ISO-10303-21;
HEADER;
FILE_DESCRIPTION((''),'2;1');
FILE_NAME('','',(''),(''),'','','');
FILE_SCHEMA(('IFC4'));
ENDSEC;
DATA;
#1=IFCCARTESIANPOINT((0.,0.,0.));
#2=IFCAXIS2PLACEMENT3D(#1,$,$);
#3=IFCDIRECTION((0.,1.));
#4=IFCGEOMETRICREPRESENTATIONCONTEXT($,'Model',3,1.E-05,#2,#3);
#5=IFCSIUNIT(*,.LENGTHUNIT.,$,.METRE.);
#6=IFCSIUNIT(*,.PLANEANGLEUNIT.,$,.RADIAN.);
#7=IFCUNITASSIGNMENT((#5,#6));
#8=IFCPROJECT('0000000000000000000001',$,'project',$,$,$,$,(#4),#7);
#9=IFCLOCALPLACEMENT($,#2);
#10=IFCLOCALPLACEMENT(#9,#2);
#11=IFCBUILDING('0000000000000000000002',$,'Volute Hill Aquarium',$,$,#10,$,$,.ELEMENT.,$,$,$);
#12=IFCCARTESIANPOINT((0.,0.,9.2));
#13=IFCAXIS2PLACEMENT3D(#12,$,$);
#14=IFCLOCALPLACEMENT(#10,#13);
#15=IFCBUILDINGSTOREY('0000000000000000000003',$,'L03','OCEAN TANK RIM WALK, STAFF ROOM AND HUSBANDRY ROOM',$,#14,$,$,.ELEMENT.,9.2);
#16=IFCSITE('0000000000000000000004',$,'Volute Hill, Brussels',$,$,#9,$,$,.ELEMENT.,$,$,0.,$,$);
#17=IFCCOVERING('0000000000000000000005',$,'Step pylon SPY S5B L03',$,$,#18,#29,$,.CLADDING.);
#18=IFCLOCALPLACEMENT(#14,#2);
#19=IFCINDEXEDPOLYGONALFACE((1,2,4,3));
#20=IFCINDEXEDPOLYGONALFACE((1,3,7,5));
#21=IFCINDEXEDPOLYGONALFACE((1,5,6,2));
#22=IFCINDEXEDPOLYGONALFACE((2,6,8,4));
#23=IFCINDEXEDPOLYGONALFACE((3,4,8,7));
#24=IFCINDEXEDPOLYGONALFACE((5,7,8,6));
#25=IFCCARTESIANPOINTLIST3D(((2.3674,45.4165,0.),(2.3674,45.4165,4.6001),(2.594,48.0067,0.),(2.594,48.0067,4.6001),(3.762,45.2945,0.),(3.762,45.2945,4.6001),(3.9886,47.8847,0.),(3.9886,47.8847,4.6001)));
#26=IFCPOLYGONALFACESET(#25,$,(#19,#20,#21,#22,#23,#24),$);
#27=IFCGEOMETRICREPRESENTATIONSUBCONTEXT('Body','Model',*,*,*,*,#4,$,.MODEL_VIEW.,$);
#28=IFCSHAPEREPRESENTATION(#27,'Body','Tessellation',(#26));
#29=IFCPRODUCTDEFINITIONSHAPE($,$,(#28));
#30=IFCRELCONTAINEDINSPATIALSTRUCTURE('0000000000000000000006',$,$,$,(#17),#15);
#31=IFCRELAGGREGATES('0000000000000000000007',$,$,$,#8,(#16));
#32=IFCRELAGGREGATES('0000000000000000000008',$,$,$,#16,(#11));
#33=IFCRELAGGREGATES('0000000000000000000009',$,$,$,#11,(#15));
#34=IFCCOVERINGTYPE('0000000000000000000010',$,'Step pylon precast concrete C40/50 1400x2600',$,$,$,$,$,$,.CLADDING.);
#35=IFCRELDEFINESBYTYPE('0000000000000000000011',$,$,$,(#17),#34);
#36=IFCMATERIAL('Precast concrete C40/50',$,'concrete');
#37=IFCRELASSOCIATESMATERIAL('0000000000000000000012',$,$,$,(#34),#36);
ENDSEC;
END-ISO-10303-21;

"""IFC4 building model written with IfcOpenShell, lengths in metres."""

from ifc_helpers import new_model, si_unit, direction, frame, origin, origin_2d, place, context, subcontext, project, spatial, rectangle, extrude, material, type_object, element, save


model = new_model("IFC4")

# Units and contexts
model_context = context("Model", 3, precision=1e-05, world=origin(), true_north=direction((0.0, 1.0)))
body_context = subcontext(model_context, "Body", "Model", "MODEL_VIEW")
ifc_project = project(units=[si_unit("LENGTHUNIT", "METRE"), si_unit("PLANEANGLEUNIT", "RADIAN")], contexts=[model_context])

# Site, building, storey
site_placement = place(None, origin())
site = spatial("IfcSite", under=ifc_project, at=site_placement, Name="Volute Hill, Brussels", CompositionType="ELEMENT", RefElevation=0.0)
building_placement = place(site_placement, origin())
building = spatial("IfcBuilding", under=site, at=building_placement, Name="Volute Hill Aquarium", CompositionType="ELEMENT")
storey_placement = place(building_placement, frame((0.0, 0.0, 9.2)))
storey = spatial("IfcBuildingStorey", under=building, at=storey_placement, Name="L03", Description="OCEAN TANK RIM WALK, STAFF ROOM AND HUSBANDRY ROOM", CompositionType="ELEMENT", Elevation=9.2)

# Covering
ifc_material_1 = material(Name="Precast concrete C40/50", Category="concrete")
covering_type_1 = type_object("IfcCoveringType", Name="Step pylon precast concrete C40/50 1400x2600", PredefinedType="CLADDING", material=ifc_material_1)
covering_1_placement = place(storey_placement, frame((3.178, 46.6506, 0.0), z_axis=(0.0, 0.0, 1.0), x_axis=(0.087156, 0.996195, 0.0)))
element("IfcCovering", 1, at=covering_1_placement, inside=storey, type_object=covering_type_1, Name="Step pylon SPY S5B L03", PredefinedType="CLADDING", context=body_context, shape_type="SweptSolid", body=[
    extrude(rectangle(XDim=2.6001, YDim=1.3999, at=origin_2d()), origin(), (0.0, 0.0, 1.0), 4.6001),
])

save(model, "model.ifc")
